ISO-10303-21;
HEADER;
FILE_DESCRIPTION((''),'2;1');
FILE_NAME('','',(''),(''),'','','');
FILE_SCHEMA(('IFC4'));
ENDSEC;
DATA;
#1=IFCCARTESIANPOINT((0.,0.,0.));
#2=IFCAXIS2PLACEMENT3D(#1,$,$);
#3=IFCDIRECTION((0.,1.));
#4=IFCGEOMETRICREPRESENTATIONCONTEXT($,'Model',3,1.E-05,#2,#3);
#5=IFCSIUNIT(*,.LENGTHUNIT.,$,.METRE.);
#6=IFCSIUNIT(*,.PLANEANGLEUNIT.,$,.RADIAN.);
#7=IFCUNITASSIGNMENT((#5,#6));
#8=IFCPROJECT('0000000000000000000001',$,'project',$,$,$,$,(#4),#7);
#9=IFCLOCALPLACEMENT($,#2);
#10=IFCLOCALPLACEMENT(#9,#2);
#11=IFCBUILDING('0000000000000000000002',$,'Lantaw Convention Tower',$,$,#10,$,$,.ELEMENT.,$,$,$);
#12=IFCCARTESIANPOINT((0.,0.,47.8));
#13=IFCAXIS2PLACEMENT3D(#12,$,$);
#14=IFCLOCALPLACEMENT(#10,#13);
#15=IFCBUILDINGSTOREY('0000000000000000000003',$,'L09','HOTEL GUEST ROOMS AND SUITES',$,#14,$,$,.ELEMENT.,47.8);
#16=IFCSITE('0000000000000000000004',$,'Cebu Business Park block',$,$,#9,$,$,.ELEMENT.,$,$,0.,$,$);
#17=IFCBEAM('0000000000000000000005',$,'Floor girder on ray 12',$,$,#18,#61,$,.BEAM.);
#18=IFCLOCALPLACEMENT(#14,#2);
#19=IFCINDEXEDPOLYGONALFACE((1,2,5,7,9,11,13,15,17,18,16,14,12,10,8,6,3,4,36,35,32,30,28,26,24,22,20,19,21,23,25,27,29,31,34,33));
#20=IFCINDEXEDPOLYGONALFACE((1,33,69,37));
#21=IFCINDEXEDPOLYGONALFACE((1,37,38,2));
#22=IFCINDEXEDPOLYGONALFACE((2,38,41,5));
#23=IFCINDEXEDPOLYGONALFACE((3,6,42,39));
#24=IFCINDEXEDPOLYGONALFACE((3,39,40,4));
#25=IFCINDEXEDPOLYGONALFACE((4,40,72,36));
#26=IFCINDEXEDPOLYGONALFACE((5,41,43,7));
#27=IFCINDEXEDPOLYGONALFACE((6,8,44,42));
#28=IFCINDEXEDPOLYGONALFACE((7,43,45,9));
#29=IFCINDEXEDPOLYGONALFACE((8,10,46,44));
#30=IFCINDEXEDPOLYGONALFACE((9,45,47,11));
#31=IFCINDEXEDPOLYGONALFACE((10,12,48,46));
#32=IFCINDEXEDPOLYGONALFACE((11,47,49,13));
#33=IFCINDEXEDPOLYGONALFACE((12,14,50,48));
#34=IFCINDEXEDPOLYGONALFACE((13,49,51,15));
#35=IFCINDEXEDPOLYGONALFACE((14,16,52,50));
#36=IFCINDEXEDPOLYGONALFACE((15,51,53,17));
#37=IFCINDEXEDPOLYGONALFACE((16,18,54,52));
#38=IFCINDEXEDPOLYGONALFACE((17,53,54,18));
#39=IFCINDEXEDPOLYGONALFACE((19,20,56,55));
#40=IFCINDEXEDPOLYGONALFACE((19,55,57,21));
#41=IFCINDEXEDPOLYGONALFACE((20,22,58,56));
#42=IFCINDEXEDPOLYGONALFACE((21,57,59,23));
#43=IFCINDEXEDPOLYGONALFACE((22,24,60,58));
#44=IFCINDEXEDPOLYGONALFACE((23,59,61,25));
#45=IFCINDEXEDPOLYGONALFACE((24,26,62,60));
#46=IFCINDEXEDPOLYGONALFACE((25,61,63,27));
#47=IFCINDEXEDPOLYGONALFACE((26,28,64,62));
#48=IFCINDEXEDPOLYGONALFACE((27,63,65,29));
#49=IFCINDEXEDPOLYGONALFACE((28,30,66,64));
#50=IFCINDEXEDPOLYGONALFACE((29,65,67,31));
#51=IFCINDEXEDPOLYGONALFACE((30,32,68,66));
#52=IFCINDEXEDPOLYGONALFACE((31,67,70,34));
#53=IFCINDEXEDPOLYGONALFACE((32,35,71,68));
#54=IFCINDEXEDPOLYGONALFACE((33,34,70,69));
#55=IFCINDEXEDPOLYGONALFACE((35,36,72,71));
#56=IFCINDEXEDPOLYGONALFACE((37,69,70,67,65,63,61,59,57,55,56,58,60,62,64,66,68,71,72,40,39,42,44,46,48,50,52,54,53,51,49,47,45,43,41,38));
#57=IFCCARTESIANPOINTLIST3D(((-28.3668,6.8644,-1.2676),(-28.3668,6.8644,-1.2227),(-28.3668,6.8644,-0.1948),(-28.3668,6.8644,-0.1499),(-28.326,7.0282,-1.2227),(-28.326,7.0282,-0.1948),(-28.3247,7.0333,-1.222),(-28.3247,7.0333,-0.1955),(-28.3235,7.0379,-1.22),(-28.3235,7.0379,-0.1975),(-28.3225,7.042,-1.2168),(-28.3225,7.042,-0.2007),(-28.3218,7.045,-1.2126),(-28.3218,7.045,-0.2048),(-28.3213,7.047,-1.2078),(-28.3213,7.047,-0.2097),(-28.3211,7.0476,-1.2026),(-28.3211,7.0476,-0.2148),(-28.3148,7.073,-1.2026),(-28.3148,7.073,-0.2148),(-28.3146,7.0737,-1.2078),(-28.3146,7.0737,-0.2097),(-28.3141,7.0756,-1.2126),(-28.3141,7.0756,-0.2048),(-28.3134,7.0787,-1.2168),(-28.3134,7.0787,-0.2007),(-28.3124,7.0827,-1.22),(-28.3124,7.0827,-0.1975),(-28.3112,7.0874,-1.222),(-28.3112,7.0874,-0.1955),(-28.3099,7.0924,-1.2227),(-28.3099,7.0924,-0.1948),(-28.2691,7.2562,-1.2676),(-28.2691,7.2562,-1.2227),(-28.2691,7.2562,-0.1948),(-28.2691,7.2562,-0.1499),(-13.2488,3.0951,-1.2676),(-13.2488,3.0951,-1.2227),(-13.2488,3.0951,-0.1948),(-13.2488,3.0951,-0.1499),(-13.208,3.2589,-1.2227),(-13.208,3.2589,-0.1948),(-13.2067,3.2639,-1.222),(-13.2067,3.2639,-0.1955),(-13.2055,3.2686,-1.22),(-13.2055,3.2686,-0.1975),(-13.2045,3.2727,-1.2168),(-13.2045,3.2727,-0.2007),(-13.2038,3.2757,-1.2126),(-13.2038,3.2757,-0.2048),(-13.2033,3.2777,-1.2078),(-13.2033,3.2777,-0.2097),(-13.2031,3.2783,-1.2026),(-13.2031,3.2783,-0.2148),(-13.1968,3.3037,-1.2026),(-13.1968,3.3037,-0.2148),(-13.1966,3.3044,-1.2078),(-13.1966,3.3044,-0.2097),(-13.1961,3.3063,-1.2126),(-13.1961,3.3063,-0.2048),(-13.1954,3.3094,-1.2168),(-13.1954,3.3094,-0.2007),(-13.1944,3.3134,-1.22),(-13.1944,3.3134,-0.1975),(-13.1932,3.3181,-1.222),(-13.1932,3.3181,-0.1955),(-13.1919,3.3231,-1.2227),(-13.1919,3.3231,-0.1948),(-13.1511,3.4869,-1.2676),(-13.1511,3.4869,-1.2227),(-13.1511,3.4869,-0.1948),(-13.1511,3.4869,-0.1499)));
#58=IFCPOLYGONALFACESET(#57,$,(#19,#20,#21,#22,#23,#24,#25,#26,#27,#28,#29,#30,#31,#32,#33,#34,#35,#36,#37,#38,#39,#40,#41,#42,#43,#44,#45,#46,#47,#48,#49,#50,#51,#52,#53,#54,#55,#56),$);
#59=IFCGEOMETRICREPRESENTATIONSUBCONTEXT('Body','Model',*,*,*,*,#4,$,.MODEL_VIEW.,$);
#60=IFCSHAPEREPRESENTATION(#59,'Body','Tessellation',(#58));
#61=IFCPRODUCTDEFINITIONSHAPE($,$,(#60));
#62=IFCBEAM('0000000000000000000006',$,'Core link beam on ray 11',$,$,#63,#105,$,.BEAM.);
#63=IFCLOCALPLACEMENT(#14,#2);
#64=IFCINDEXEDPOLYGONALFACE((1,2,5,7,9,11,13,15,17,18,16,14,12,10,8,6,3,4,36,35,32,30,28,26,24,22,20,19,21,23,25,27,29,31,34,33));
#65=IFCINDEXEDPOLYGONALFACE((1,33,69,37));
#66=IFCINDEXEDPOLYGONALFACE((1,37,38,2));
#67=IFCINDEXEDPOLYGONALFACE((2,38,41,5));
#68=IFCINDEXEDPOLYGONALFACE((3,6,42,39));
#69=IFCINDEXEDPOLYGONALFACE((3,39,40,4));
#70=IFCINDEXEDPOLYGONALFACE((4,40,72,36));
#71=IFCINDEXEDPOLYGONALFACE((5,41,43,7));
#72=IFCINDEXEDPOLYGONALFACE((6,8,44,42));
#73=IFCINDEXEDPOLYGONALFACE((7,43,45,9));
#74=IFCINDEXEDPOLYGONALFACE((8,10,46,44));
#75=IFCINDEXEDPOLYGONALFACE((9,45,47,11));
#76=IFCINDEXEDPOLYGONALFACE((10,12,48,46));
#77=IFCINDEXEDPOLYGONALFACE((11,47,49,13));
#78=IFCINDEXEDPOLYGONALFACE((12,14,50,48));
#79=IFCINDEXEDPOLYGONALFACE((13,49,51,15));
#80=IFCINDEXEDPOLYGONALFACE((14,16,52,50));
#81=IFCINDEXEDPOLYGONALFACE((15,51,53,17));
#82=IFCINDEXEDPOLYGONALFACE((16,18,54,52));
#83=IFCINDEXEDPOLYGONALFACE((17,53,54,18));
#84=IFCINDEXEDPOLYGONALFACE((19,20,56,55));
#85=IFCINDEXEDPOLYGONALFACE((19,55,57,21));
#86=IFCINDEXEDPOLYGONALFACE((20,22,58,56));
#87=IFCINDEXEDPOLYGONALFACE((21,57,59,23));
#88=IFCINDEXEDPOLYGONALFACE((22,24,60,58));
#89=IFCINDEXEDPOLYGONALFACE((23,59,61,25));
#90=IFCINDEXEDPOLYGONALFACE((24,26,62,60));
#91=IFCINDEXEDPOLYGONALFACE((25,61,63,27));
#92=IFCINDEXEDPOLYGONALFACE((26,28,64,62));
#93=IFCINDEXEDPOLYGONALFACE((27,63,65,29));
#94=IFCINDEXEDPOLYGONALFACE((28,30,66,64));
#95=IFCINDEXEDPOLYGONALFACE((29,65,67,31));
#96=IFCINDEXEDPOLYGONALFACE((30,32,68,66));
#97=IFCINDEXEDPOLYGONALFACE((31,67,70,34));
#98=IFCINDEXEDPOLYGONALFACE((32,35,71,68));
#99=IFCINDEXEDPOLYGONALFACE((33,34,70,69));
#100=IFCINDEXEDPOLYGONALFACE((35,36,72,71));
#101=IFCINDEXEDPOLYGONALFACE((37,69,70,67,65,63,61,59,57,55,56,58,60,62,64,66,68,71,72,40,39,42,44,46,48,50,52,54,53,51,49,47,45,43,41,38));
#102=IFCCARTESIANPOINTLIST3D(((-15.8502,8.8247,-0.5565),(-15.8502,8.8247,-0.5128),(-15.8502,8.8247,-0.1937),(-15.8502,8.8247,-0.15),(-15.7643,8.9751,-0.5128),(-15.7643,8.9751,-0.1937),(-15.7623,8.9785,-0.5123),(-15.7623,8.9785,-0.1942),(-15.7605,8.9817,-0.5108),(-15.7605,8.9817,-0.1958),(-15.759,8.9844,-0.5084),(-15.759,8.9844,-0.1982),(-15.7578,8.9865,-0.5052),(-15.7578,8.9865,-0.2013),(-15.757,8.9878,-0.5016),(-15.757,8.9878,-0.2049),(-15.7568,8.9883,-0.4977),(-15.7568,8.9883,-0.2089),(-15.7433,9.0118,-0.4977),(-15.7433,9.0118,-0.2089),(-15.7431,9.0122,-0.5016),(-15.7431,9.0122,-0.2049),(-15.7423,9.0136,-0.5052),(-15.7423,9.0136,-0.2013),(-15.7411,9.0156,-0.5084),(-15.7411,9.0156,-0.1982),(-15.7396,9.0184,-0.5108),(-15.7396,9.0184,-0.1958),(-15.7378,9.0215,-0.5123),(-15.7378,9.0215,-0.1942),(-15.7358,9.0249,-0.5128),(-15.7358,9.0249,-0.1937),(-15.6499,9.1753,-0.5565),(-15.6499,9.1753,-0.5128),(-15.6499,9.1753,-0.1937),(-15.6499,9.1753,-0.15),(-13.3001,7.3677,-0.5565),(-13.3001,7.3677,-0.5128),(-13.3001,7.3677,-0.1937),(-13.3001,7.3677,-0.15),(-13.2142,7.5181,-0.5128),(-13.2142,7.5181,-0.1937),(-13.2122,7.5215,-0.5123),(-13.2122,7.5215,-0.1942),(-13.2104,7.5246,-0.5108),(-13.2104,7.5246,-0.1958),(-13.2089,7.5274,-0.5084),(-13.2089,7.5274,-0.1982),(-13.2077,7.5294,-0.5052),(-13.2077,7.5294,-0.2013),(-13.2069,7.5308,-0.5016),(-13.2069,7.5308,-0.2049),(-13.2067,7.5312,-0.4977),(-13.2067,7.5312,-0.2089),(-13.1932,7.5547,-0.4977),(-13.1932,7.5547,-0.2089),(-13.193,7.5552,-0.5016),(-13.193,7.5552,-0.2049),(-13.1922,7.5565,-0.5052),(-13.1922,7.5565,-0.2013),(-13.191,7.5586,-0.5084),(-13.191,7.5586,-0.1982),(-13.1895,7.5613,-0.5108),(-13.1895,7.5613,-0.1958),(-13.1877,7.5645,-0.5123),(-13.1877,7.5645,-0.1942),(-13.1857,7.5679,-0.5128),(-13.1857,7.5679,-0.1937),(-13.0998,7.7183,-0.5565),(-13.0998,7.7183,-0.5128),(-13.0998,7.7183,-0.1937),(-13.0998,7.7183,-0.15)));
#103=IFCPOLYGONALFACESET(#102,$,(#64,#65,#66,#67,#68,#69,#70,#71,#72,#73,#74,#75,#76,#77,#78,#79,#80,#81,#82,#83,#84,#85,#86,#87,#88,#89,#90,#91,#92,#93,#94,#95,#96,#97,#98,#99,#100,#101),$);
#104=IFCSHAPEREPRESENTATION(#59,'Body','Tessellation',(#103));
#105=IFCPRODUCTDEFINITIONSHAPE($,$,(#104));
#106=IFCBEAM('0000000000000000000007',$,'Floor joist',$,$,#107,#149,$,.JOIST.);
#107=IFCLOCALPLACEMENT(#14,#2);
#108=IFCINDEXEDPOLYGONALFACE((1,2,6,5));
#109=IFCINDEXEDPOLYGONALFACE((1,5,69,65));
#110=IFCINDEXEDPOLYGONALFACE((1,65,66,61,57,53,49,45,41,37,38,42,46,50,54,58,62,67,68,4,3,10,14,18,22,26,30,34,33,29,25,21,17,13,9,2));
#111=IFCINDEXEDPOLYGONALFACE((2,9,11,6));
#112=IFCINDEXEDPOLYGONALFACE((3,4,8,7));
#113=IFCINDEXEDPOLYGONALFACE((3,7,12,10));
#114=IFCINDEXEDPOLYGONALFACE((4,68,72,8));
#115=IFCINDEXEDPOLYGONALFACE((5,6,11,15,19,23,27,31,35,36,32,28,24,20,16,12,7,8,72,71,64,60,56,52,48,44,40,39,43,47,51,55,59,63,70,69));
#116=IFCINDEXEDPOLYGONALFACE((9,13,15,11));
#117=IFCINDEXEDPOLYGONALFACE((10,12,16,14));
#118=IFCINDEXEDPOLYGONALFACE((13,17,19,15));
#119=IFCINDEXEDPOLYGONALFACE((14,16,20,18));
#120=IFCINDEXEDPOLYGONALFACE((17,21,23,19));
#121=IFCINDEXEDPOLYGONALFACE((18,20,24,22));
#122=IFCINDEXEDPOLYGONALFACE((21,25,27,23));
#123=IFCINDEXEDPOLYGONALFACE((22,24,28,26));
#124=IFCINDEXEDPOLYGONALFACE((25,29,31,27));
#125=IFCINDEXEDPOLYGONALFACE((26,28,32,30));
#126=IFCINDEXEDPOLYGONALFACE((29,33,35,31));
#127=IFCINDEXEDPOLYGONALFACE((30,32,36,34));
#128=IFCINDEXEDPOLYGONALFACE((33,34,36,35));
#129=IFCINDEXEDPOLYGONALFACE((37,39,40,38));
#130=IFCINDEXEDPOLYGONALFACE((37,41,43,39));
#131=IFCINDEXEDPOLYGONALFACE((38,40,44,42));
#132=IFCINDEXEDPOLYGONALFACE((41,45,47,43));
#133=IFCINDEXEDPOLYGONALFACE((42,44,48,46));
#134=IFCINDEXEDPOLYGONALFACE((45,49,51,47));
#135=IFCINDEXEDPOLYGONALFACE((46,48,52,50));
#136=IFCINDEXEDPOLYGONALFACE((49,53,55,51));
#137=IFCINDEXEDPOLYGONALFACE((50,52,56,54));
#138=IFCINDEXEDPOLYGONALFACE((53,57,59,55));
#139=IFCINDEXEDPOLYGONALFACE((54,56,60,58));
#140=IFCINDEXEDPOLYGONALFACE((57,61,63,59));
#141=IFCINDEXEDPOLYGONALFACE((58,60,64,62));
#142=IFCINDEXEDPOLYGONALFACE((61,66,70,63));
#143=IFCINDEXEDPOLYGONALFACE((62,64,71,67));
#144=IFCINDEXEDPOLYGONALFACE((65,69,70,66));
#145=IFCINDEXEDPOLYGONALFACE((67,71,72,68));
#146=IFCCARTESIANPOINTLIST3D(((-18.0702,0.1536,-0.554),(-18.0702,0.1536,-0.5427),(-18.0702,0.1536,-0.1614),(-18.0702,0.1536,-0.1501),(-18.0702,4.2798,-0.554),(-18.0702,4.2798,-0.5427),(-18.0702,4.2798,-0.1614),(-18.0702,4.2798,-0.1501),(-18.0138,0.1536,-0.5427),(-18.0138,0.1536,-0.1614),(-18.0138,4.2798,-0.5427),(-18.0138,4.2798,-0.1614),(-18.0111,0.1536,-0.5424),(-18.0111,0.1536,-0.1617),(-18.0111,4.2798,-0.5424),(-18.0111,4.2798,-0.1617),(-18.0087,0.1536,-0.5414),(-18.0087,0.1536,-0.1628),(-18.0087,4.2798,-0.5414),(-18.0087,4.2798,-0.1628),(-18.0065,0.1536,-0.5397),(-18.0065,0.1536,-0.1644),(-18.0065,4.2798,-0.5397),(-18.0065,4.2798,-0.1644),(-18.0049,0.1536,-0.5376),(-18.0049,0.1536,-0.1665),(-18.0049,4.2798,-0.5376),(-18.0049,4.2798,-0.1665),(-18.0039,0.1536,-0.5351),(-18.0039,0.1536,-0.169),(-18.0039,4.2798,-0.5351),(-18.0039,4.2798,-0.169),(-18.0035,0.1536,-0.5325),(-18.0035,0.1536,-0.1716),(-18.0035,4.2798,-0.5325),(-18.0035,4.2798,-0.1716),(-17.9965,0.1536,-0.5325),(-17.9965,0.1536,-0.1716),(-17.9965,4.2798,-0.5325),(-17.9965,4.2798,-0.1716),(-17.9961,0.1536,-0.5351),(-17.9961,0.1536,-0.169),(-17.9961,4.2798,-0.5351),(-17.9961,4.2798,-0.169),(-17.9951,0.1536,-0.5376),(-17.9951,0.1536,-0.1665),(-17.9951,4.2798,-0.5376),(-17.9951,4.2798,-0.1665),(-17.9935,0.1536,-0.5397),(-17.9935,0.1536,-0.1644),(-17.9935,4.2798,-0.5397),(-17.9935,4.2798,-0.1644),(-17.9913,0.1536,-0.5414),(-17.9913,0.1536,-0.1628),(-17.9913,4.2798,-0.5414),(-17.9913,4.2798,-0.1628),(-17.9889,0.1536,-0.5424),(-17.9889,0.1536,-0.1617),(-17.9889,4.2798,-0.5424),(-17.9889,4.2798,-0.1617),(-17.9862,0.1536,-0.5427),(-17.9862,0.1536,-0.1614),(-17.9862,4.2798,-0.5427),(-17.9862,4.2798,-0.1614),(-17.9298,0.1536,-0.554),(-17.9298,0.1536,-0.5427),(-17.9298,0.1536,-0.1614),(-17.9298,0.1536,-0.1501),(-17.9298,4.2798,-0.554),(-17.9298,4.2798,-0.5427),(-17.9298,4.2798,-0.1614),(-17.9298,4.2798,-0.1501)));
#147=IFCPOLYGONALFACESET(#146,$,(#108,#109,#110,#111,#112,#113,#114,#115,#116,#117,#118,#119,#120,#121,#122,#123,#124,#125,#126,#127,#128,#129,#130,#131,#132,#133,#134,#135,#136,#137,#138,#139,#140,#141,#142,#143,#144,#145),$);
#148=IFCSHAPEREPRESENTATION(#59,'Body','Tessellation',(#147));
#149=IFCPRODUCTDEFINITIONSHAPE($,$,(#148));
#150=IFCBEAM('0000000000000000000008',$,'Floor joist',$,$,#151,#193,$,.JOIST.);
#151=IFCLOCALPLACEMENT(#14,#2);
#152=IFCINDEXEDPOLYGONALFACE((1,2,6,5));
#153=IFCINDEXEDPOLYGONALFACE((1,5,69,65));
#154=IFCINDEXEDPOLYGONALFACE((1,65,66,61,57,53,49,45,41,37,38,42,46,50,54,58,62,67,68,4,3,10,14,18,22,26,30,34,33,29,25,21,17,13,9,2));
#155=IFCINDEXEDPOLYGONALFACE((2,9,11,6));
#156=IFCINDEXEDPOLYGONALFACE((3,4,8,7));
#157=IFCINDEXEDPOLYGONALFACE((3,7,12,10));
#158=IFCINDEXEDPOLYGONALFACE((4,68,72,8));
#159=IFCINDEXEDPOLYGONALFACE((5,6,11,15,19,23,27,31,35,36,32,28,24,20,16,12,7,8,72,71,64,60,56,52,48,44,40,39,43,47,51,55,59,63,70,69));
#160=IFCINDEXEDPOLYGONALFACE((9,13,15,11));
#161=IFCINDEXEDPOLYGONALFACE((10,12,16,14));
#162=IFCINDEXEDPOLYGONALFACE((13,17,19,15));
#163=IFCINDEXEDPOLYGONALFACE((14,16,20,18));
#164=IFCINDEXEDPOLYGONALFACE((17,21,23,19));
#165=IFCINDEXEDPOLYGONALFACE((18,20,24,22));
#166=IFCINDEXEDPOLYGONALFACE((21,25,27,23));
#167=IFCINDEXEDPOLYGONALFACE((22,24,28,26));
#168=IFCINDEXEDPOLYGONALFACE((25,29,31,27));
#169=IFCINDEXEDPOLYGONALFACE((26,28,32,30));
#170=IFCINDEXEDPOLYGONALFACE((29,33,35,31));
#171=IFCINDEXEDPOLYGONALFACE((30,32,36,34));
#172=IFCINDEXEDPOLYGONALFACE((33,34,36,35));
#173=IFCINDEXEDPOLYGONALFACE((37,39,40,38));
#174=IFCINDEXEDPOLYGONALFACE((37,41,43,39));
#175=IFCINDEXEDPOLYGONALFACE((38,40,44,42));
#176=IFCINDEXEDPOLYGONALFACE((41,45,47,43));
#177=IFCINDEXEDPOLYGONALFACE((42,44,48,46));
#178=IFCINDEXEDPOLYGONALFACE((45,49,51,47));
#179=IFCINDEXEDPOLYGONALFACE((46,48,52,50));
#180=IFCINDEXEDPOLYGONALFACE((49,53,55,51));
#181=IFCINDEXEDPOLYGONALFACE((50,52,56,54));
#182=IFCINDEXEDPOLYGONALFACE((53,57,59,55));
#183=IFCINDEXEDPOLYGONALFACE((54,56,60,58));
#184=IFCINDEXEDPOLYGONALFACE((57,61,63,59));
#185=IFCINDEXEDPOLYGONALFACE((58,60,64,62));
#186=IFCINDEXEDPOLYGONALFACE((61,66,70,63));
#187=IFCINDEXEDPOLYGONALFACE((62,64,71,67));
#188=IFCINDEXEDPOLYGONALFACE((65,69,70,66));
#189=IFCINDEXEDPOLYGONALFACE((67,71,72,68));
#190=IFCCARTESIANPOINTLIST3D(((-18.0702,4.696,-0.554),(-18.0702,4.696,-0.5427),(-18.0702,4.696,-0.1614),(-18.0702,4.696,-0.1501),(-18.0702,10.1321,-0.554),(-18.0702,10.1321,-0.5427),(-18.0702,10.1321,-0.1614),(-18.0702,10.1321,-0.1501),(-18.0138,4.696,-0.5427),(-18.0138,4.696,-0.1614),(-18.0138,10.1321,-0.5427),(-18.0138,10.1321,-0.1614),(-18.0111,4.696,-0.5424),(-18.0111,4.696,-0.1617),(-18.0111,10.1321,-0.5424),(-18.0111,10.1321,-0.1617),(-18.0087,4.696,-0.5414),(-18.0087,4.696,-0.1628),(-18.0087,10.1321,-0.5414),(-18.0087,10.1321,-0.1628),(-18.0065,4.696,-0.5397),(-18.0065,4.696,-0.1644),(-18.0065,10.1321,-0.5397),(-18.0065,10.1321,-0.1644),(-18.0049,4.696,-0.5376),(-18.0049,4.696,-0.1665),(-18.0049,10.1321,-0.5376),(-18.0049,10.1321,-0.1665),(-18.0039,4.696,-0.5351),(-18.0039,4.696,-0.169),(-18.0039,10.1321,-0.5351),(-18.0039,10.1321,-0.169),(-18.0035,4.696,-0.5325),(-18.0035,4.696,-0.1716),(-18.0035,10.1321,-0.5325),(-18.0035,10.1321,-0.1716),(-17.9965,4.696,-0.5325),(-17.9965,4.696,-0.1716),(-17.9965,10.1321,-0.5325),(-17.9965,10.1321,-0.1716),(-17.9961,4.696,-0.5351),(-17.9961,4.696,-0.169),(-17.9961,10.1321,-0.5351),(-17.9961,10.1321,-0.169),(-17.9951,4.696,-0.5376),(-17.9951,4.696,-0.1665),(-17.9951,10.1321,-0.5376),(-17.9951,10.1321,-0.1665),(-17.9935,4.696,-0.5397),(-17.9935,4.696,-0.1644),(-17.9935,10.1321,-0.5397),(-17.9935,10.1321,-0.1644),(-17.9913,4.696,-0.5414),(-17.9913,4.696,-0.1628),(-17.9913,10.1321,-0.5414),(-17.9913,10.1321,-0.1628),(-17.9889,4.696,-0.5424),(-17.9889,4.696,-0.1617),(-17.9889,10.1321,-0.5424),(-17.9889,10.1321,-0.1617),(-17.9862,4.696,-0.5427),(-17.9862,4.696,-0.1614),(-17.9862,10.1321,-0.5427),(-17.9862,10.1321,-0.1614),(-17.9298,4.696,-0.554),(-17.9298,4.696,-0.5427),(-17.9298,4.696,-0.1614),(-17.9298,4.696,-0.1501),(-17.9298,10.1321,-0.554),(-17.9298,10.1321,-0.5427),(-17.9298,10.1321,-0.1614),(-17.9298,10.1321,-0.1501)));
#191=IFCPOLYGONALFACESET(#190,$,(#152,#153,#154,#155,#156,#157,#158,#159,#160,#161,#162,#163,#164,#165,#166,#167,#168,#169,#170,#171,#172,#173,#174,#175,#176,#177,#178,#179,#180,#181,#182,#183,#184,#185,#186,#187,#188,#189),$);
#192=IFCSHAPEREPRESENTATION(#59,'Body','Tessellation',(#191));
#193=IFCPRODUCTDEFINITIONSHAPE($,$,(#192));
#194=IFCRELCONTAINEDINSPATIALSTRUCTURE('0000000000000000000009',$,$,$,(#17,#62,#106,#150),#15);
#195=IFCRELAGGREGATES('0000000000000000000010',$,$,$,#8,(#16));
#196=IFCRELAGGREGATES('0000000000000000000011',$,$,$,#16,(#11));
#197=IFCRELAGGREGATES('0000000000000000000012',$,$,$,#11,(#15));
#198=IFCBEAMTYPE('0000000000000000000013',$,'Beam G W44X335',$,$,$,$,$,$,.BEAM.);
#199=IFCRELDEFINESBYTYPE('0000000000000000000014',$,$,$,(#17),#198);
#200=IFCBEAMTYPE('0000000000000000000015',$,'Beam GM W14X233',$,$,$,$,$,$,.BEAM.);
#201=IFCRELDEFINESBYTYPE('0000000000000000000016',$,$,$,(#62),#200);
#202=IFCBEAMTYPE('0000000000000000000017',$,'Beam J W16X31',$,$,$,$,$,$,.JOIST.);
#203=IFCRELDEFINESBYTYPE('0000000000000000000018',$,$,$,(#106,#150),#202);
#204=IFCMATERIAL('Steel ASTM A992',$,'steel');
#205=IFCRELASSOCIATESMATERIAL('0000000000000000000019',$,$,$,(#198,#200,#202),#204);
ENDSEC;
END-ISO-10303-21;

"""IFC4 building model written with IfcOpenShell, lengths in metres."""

from ifc_helpers import new_model, si_unit, direction, frame, origin, origin_2d, place, context, subcontext, project, spatial, i_section, extrude, material, material_profile, profile_set, type_object, element, save


model = new_model("IFC4")

# Units and contexts
model_context = context("Model", 3, precision=1e-05, world=origin(), true_north=direction((0.0, 1.0)))
body_context = subcontext(model_context, "Body", "Model", "MODEL_VIEW")
ifc_project = project(units=[si_unit("LENGTHUNIT", "METRE"), si_unit("PLANEANGLEUNIT", "RADIAN")], contexts=[model_context])

# Site, building, storey
site_placement = place(None, origin())
site = spatial("IfcSite", under=ifc_project, at=site_placement, Name="Cebu Business Park block", CompositionType="ELEMENT", RefElevation=0.0)
building_placement = place(site_placement, origin())
building = spatial("IfcBuilding", under=site, at=building_placement, Name="Lantaw Convention Tower", CompositionType="ELEMENT")
storey_placement = place(building_placement, frame((0.0, 0.0, 47.8)))
storey = spatial("IfcBuildingStorey", under=building, at=storey_placement, Name="L09", Description="HOTEL GUEST ROOMS AND SUITES", CompositionType="ELEMENT", Elevation=47.8)

# Beams
ifc_material_1 = material(Name="Steel ASTM A992", Category="steel")
ifc_material_profile_1 = material_profile(ifc_material_1, i_section(OverallWidth=0.4038, OverallDepth=1.1177, WebThickness=0.0261, FlangeThickness=0.0449, FilletRadius=0.02, at=origin_2d()), Name="W44X335")
ifc_profile_set_1 = profile_set([ifc_material_profile_1], Name="Steel ASTM A992")
beam_type_1 = type_object("IfcBeamType", Name="Beam G W44X335", PredefinedType="BEAM", material=ifc_profile_set_1)
beam_1_placement = place(storey_placement, frame((-13.2, 3.291, -0.7087), z_axis=(-0.970296, 0.24192, 0.0), x_axis=(-0.24192, -0.970296, 0.0)))
element("IfcBeam", 1, at=beam_1_placement, inside=storey, type_object=beam_type_1, Name="Floor girder on ray 12", PredefinedType="BEAM", context=body_context, shape_type="SweptSolid", body=[
    extrude(i_section(OverallWidth=0.4038, OverallDepth=1.1177, WebThickness=0.0261, FlangeThickness=0.0449, FilletRadius=0.02, at=origin_2d()), origin(), (0.0, 0.0, 1.0), 15.5808),
])
ifc_material_profile_2 = material_profile(ifc_material_1, i_section(OverallWidth=0.4038, OverallDepth=0.4065, WebThickness=0.0271, FlangeThickness=0.0437, FilletRadius=0.0151, at=origin_2d()), Name="W14X233")
ifc_profile_set_2 = profile_set([ifc_material_profile_2], Name="Steel ASTM A992")
beam_type_2 = type_object("IfcBeamType", Name="Beam GM W14X233", PredefinedType="BEAM", material=ifc_profile_set_2)
beam_2_placement = place(storey_placement, frame((-13.2, 7.543, -0.3533), z_axis=(-0.868264, 0.496103, 0.0), x_axis=(-0.496103, -0.868264, 0.0)))
element("IfcBeam", 2, at=beam_2_placement, inside=storey, type_object=beam_type_2, Name="Core link beam on ray 11", PredefinedType="BEAM", context=body_context, shape_type="SweptSolid", body=[
    extrude(i_section(OverallWidth=0.4038, OverallDepth=0.4065, WebThickness=0.0271, FlangeThickness=0.0437, FilletRadius=0.0151, at=origin_2d()), origin(), (0.0, 0.0, 1.0), 2.937),
])
ifc_material_profile_3 = material_profile(ifc_material_1, i_section(OverallWidth=0.1404, OverallDepth=0.4038, WebThickness=0.0071, FlangeThickness=0.0112, FilletRadius=0.0103, at=origin_2d()), Name="W16X31")
ifc_profile_set_3 = profile_set([ifc_material_profile_3], Name="Steel ASTM A992")
beam_type_3 = type_object("IfcBeamType", Name="Beam J W16X31", PredefinedType="JOIST", material=ifc_profile_set_3)
beam_3_placement = place(storey_placement, frame((-18.0, 0.1536, -0.3521), z_axis=(0.0, 1.0, 0.0), x_axis=(-1.0, 0.0, 0.0)))
element("IfcBeam", 3, at=beam_3_placement, inside=storey, type_object=beam_type_3, Name="Floor joist", PredefinedType="JOIST", context=body_context, shape_type="SweptSolid", body=[
    extrude(i_section(OverallWidth=0.1404, OverallDepth=0.4038, WebThickness=0.0071, FlangeThickness=0.0112, FilletRadius=0.0103, at=origin_2d()), origin(), (0.0, 0.0, 1.0), 4.1262),
])
beam_4_placement = place(storey_placement, frame((-18.0, 4.696, -0.3521), z_axis=(0.0, 1.0, 0.0), x_axis=(-1.0, 0.0, 0.0)))
element("IfcBeam", 4, at=beam_4_placement, inside=storey, type_object=beam_type_3, Name="Floor joist", PredefinedType="JOIST", context=body_context, shape_type="SweptSolid", body=[
    extrude(i_section(OverallWidth=0.1404, OverallDepth=0.4038, WebThickness=0.0071, FlangeThickness=0.0112, FilletRadius=0.0103, at=origin_2d()), origin(), (0.0, 0.0, 1.0), 5.436),
])

save(model, "model.ifc")
